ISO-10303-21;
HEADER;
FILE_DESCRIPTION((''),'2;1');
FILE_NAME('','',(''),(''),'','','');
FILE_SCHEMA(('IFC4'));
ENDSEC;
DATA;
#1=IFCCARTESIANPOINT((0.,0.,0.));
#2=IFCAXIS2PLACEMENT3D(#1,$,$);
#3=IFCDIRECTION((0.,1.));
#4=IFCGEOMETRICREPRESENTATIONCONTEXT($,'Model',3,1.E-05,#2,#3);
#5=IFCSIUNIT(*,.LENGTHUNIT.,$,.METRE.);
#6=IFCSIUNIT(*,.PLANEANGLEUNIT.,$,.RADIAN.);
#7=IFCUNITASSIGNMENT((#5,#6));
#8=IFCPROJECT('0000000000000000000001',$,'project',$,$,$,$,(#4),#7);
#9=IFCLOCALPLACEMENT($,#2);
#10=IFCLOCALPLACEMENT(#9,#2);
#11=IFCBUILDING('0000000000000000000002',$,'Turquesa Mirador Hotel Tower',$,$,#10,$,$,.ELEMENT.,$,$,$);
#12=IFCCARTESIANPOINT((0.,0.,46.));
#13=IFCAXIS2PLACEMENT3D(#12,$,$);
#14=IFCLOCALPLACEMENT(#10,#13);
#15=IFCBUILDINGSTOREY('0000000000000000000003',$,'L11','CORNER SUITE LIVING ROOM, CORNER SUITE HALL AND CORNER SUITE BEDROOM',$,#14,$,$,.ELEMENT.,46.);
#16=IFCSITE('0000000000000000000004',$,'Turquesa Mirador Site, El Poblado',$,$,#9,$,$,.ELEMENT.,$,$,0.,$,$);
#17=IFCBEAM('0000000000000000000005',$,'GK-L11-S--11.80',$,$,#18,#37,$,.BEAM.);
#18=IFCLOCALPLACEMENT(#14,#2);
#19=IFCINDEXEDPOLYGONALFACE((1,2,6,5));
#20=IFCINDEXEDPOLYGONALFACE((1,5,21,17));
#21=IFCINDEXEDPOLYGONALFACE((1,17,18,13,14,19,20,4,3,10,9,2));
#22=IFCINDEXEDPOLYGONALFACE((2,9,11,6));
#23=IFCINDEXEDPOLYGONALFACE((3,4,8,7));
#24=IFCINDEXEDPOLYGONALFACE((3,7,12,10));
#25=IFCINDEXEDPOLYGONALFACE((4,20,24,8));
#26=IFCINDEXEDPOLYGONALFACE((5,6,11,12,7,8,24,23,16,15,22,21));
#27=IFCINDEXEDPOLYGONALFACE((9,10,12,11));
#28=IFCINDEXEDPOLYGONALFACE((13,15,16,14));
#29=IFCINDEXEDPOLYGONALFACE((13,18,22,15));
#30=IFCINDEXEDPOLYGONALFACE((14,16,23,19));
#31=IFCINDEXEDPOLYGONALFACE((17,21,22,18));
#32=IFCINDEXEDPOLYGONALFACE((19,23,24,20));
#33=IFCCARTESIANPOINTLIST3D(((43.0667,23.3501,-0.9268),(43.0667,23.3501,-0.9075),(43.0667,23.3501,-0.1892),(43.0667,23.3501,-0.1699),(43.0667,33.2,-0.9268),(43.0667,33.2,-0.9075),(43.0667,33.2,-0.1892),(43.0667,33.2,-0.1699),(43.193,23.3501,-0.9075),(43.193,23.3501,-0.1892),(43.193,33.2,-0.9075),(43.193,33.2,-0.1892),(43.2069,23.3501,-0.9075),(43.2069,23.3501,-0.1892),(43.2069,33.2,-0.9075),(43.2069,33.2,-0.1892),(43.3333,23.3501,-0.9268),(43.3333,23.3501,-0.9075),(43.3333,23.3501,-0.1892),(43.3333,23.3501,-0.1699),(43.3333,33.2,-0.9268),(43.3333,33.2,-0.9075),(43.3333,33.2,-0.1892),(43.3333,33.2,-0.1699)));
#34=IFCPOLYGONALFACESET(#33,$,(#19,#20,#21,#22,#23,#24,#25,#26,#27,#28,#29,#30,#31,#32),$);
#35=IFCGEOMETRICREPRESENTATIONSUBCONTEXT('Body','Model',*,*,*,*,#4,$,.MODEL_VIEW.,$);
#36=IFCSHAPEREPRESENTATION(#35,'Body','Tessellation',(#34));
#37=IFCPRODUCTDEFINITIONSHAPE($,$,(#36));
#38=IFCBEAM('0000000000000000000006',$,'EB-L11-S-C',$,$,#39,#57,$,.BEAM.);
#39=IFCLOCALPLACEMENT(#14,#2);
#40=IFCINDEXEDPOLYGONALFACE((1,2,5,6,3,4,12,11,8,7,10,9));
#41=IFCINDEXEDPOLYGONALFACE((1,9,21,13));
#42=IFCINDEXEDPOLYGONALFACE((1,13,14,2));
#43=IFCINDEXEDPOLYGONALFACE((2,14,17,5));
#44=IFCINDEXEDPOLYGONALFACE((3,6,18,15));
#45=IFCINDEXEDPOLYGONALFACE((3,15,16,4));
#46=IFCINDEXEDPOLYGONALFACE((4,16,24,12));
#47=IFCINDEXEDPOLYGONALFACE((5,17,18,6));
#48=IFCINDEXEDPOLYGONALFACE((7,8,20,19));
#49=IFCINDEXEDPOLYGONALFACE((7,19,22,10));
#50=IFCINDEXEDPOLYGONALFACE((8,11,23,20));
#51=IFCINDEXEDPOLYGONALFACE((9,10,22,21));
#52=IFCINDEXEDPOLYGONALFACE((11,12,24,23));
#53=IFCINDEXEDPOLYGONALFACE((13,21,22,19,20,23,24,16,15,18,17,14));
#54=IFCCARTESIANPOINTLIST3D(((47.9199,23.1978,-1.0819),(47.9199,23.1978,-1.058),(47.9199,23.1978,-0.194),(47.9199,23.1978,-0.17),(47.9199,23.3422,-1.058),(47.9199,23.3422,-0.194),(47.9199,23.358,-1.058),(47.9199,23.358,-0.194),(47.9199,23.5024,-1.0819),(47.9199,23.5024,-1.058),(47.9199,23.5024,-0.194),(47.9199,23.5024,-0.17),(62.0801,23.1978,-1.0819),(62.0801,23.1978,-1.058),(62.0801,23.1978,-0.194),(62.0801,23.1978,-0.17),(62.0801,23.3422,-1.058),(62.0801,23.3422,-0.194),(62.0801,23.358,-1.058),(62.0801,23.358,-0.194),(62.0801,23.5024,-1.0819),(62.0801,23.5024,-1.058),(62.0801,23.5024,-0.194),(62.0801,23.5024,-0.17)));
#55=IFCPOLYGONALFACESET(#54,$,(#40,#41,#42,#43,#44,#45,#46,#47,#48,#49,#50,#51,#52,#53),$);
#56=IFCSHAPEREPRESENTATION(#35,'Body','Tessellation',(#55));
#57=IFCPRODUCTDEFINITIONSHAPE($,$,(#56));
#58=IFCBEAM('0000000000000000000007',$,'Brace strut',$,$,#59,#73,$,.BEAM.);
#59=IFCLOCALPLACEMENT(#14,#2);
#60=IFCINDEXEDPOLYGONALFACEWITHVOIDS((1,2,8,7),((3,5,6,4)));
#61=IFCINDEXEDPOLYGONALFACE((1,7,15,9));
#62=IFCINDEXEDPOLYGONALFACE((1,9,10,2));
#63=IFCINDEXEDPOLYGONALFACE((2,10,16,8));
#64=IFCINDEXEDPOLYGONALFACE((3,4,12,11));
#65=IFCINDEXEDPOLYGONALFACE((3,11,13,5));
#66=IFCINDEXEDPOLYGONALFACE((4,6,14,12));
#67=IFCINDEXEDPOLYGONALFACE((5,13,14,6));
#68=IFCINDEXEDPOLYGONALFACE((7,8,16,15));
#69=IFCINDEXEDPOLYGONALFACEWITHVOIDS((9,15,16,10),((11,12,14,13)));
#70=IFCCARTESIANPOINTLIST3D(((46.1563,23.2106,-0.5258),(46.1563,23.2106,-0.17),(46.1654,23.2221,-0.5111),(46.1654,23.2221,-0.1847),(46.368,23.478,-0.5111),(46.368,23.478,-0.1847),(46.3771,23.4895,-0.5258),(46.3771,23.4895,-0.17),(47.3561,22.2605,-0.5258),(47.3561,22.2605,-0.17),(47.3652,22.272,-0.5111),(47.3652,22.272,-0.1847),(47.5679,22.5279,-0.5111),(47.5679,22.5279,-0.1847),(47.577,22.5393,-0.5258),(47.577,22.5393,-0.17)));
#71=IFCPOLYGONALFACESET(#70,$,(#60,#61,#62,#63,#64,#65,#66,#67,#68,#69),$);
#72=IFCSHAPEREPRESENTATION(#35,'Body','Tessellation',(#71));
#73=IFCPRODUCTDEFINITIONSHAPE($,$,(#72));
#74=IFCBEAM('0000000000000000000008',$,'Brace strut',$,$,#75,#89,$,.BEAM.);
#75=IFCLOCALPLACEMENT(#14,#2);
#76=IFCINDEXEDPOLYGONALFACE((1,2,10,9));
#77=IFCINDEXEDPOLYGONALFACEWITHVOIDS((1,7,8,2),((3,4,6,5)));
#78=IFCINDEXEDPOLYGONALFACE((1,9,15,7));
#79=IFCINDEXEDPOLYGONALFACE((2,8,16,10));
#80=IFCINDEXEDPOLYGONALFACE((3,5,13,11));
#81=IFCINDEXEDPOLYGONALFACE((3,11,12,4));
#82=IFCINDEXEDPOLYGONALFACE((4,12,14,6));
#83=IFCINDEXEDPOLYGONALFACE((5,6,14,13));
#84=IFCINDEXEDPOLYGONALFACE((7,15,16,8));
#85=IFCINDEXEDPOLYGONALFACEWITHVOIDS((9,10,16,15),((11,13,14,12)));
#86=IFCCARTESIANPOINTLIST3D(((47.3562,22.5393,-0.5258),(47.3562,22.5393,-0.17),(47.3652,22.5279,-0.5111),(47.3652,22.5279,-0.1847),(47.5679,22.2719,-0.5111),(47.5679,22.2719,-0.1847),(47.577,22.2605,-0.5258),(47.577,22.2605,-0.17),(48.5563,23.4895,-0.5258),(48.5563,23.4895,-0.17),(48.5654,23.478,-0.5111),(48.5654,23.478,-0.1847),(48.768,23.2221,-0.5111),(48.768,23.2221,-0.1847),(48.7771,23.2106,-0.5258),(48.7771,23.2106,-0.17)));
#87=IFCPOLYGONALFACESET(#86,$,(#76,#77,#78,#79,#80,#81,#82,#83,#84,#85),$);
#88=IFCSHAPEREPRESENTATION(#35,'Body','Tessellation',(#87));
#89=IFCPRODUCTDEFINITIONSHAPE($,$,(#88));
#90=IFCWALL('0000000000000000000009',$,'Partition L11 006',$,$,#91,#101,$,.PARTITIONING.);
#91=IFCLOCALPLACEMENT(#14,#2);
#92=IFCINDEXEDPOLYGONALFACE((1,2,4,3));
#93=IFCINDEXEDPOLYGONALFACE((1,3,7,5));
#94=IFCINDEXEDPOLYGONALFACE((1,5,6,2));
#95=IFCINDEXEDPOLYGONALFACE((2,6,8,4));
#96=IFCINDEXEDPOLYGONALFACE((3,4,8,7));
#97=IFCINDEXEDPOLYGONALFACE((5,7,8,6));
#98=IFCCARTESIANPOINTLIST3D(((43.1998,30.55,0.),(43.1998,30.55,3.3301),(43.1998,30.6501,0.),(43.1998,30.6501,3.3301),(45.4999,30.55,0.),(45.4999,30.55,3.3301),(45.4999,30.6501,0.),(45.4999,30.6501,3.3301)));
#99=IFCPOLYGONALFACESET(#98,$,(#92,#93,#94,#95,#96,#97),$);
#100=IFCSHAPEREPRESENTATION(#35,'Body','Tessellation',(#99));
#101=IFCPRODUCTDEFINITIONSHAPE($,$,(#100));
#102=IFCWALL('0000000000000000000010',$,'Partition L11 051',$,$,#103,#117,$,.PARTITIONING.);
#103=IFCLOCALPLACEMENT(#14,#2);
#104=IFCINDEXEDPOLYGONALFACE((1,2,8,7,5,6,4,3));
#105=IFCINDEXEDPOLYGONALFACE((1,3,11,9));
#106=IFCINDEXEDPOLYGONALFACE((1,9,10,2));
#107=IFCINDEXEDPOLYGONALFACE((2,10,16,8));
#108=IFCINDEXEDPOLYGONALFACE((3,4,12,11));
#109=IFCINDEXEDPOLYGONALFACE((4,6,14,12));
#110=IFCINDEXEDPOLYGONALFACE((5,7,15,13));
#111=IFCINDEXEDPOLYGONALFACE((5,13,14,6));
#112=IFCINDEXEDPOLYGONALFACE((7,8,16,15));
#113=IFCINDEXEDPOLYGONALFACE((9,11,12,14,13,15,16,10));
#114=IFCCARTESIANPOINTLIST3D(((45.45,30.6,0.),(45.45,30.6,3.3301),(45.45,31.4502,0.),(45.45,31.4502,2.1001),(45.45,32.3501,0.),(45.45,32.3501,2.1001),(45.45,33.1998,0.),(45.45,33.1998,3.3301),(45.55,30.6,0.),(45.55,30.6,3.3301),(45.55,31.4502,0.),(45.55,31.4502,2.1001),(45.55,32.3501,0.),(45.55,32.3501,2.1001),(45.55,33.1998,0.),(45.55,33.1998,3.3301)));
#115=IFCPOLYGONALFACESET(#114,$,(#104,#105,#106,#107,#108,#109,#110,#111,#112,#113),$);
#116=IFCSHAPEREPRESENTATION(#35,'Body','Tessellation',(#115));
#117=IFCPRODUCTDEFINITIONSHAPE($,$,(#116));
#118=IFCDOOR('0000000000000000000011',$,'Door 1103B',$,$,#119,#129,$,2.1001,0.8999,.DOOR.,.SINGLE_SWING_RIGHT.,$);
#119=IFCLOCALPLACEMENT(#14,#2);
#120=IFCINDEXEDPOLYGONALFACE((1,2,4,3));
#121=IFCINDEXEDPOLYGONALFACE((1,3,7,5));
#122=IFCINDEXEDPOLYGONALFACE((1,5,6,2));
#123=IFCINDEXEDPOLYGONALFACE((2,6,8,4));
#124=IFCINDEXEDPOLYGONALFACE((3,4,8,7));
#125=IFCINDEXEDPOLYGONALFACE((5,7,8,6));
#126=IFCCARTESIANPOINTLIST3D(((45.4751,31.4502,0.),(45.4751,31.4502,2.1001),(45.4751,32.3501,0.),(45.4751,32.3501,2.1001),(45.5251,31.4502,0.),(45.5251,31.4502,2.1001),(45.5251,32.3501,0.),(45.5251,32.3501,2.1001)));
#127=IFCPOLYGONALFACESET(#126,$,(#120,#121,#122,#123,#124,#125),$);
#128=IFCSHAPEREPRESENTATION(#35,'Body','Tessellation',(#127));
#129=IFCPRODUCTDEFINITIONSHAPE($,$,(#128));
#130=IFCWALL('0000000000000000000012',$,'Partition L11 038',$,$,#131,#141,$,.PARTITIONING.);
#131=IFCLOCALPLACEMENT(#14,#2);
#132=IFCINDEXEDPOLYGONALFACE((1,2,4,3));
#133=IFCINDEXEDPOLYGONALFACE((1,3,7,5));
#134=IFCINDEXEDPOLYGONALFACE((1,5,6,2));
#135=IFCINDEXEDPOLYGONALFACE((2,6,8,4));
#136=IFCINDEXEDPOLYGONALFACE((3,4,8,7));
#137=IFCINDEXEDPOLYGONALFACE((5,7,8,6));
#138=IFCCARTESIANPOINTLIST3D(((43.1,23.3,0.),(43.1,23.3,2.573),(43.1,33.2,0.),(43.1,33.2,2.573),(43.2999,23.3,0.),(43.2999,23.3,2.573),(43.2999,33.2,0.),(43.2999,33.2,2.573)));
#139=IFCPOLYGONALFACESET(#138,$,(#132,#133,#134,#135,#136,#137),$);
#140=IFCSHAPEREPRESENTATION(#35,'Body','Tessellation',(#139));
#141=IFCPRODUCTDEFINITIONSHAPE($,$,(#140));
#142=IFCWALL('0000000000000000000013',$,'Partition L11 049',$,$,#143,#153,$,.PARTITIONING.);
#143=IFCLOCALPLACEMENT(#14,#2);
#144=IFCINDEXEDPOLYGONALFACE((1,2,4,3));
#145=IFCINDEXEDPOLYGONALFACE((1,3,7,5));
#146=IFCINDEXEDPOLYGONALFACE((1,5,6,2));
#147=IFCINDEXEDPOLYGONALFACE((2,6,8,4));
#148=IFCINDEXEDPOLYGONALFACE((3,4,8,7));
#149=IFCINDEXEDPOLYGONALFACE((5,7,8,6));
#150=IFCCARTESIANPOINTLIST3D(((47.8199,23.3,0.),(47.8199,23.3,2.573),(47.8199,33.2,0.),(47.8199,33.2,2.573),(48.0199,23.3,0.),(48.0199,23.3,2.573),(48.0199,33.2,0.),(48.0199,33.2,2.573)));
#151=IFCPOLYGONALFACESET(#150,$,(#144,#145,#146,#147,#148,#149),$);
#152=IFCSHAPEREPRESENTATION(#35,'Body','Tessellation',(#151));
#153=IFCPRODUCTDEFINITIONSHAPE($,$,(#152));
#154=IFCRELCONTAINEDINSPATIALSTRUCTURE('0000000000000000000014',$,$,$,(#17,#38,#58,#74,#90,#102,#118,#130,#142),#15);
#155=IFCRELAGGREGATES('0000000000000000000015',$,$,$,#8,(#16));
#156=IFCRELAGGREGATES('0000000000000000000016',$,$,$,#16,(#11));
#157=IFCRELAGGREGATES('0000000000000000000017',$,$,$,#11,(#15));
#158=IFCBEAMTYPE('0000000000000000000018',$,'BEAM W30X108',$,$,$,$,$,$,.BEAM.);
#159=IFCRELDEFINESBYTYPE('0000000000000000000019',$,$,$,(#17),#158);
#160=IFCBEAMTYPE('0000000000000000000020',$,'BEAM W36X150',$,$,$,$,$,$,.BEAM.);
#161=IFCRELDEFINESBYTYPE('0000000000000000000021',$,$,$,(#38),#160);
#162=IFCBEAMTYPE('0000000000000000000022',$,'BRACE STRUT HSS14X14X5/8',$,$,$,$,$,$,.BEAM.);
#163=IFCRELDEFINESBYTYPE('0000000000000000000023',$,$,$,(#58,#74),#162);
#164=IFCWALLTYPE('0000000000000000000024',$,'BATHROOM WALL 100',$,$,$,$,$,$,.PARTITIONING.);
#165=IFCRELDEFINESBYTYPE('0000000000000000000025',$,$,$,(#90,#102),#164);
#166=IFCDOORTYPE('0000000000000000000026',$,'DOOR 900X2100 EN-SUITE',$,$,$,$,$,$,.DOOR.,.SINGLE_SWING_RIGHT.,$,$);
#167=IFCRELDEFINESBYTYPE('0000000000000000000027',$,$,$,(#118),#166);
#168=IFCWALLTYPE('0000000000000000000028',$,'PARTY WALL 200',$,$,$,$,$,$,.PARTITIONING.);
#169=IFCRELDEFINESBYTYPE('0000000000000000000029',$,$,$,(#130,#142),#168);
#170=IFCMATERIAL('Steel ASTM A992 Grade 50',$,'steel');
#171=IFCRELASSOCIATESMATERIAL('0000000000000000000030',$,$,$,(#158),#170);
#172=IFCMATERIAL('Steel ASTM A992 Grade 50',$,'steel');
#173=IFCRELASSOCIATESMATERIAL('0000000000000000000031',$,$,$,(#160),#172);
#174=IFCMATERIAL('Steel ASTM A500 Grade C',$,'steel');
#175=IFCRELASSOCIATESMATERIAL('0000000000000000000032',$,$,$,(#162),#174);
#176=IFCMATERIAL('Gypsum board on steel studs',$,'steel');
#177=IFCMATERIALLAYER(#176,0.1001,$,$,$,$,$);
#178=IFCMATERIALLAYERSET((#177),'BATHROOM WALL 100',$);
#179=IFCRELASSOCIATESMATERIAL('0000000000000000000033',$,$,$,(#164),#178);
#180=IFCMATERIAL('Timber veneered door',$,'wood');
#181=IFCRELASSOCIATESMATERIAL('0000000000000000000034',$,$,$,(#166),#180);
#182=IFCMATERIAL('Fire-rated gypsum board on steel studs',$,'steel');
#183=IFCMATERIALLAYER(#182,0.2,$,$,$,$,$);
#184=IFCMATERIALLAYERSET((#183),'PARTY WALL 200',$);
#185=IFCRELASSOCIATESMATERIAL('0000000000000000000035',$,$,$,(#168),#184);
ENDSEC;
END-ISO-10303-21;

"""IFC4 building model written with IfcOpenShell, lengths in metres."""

from ifc_helpers import new_model, si_unit, direction, frame, frame_2d, origin, origin_2d, place, context, subcontext, project, spatial, rectangle, hollow_rectangle, i_section, extrude, material, layer, layer_set, material_profile, profile_set, type_object, element, fill, save


model = new_model("IFC4")

# Units and contexts
model_context = context("Model", 3, precision=1e-05, world=origin(), true_north=direction((0.0, 1.0)))
body_context = subcontext(model_context, "Body", "Model", "MODEL_VIEW")
ifc_project = project(units=[si_unit("LENGTHUNIT", "METRE"), si_unit("PLANEANGLEUNIT", "RADIAN")], contexts=[model_context])

# Site, building, storey
site_placement = place(None, origin())
site = spatial("IfcSite", under=ifc_project, at=site_placement, Name="Turquesa Mirador Site, El Poblado", CompositionType="ELEMENT", RefElevation=0.0)
building_placement = place(site_placement, origin())
building = spatial("IfcBuilding", under=site, at=building_placement, Name="Turquesa Mirador Hotel Tower", CompositionType="ELEMENT")
storey_placement = place(building_placement, frame((0.0, 0.0, 46.0)))
storey = spatial("IfcBuildingStorey", under=building, at=storey_placement, Name="L11", Description="CORNER SUITE LIVING ROOM, CORNER SUITE HALL AND CORNER SUITE BEDROOM", CompositionType="ELEMENT", Elevation=46.0)

# Beams
ifc_material_1 = material(Name="Steel ASTM A992 Grade 50", Category="steel")
ifc_material_profile_1 = material_profile(ifc_material_1, i_section(OverallWidth=0.2666, OverallDepth=0.7568, WebThickness=0.0139, FlangeThickness=0.0193, at=origin_2d()), Name="W30X108")
ifc_profile_set_1 = profile_set([ifc_material_profile_1], Name="Steel ASTM A992 Grade 50")
beam_type_1 = type_object("IfcBeamType", Name="BEAM W30X108", PredefinedType="BEAM", material=ifc_profile_set_1)
beam_1_placement = place(storey_placement, frame((43.2, 23.3501, -0.5483), z_axis=(0.0, 1.0, 0.0), x_axis=(-1.0, 0.0, 0.0)))
element("IfcBeam", 1, at=beam_1_placement, inside=storey, type_object=beam_type_1, Name="GK-L11-S--11.80", PredefinedType="BEAM", context=body_context, shape_type="SweptSolid", body=[
    extrude(i_section(OverallWidth=0.2666, OverallDepth=0.7568, WebThickness=0.0139, FlangeThickness=0.0193, at=origin_2d()), origin(), (0.0, 0.0, 1.0), 9.8499),
])
ifc_material_2 = material(Name="Steel ASTM A992 Grade 50", Category="steel")
ifc_material_profile_2 = material_profile(ifc_material_2, i_section(OverallWidth=0.3047, OverallDepth=0.9119, WebThickness=0.0159, FlangeThickness=0.0239, at=origin_2d()), Name="W36X150")
ifc_profile_set_2 = profile_set([ifc_material_profile_2], Name="Steel ASTM A992 Grade 50")
beam_type_2 = type_object("IfcBeamType", Name="BEAM W36X150", PredefinedType="BEAM", material=ifc_profile_set_2)
beam_2_placement = place(storey_placement, frame((47.9199, 23.3501, -0.626), z_axis=(1.0, 0.0, 0.0), x_axis=(0.0, 1.0, 0.0)))
element("IfcBeam", 2, at=beam_2_placement, inside=storey, type_object=beam_type_2, Name="EB-L11-S-C", PredefinedType="BEAM", context=body_context, shape_type="SweptSolid", body=[
    extrude(i_section(OverallWidth=0.3047, OverallDepth=0.9119, WebThickness=0.0159, FlangeThickness=0.0239, at=origin_2d()), origin(), (0.0, 0.0, 1.0), 14.1602),
])
ifc_material_3 = material(Name="Steel ASTM A500 Grade C", Category="steel")
ifc_material_profile_3 = material_profile(ifc_material_3, hollow_rectangle(XDim=0.3557, YDim=0.3557, WallThickness=0.0146, at=origin_2d()), Name="HSS14X14X5/8")
ifc_profile_set_3 = profile_set([ifc_material_profile_3], Name="Steel ASTM A500 Grade C")
beam_type_3 = type_object("IfcBeamType", Name="BRACE STRUT HSS14X14X5/8", PredefinedType="BEAM", material=ifc_profile_set_3)
beam_3_placement = place(storey_placement, frame((47.4666, 22.3999, -0.3479), z_axis=(-0.783971, 0.620797, 0.0), x_axis=(-0.620797, -0.783971, 0.0)))
element("IfcBeam", 3, at=beam_3_placement, inside=storey, type_object=beam_type_3, Name="Brace strut", PredefinedType="BEAM", context=body_context, shape_type="SweptSolid", body=[
    extrude(hollow_rectangle(XDim=0.3557, YDim=0.3557, WallThickness=0.0146, at=origin_2d()), origin(), (0.0, 0.0, 1.0), 1.5305),
])
beam_4_placement = place(storey_placement, frame((47.4666, 22.3999, -0.3479), z_axis=(0.784033, 0.620719, 0.0), x_axis=(-0.620719, 0.784033, 0.0)))
element("IfcBeam", 4, at=beam_4_placement, inside=storey, type_object=beam_type_3, Name="Brace strut", PredefinedType="BEAM", context=body_context, shape_type="SweptSolid", body=[
    extrude(hollow_rectangle(XDim=0.3557, YDim=0.3557, WallThickness=0.0146, at=origin_2d()), origin(), (0.0, 0.0, 1.0), 1.5308),
])

# Wall
ifc_material_4 = material(Name="Gypsum board on steel studs", Category="steel")
ifc_layer_1 = layer(ifc_material_4, 0.1001)
ifc_layer_set_1 = layer_set([ifc_layer_1], Name="BATHROOM WALL 100")
wall_type_1 = type_object("IfcWallType", Name="BATHROOM WALL 100", PredefinedType="PARTITIONING", material=ifc_layer_set_1)
wall_1_placement = place(storey_placement, frame((43.2, 30.6001, 0.0), z_axis=(0.0, 0.0, 1.0), x_axis=(1.0, 0.0, 0.0)))
element("IfcWall", 5, at=wall_1_placement, inside=storey, type_object=wall_type_1, Name="Partition L11 006", PredefinedType="PARTITIONING", context=body_context, shape_type="SweptSolid", body=[
    extrude(rectangle(XDim=2.3, YDim=0.1001, at=frame_2d((1.1499, 0.0))), origin(), (0.0, 0.0, 1.0), 3.3301),
])

# Wall, opening, door
wall_2_placement = place(storey_placement, frame((45.5, 30.6001, 0.0), z_axis=(0.0, 0.0, 1.0), x_axis=(0.0, 1.0, 0.0)))
wall_2 = element("IfcWall", 6, at=wall_2_placement, inside=storey, type_object=wall_type_1, Name="Partition L11 051", PredefinedType="PARTITIONING", context=body_context, shape_type="SweptSolid", body=[
    extrude(rectangle(XDim=2.5999, YDim=0.1001, at=frame_2d((1.2998, 0.0))), origin(), (0.0, 0.0, 1.0), 3.3301),
])
opening_placement = place(wall_2_placement, frame((0.8501, 0.0, 0.0)))
opening = element("IfcOpeningElement", 7, at=opening_placement, cuts=wall_2, PredefinedType="OPENING", context=body_context, shape_type="SweptSolid", body=[
    extrude(rectangle(XDim=0.8999, YDim=2.1001, at=frame_2d((0.45, 1.05))), frame((0.0, 0.0601, 0.0), z_axis=(0.0, -1.0, 0.0), x_axis=(1.0, 0.0, 0.0)), (0.0, 0.0, 1.0), 0.1201),
])
ifc_material_5 = material(Name="Timber veneered door", Category="wood")
door_type = type_object("IfcDoorType", Name="DOOR 900X2100 EN-SUITE", OperationType="SINGLE_SWING_RIGHT", PredefinedType="DOOR", material=ifc_material_5)
door_placement = place(opening_placement, origin())
door = element("IfcDoor", 8, at=door_placement, inside=storey, type_object=door_type, Name="Door 1103B", OperationType="SINGLE_SWING_RIGHT", OverallHeight=2.1001, OverallWidth=0.8999, PredefinedType="DOOR", context=body_context, shape_type="SweptSolid", body=[
    extrude(rectangle(XDim=0.8999, YDim=2.1001, at=frame_2d((0.45, 1.05))), frame((0.0, 0.0249, 0.0), z_axis=(0.0, -1.0, 0.0), x_axis=(1.0, 0.0, 0.0)), (0.0, 0.0, 1.0), 0.05),
])
fill(opening, door)

# Walls
ifc_material_6 = material(Name="Fire-rated gypsum board on steel studs", Category="steel")
ifc_layer_2 = layer(ifc_material_6, 0.2)
ifc_layer_set_2 = layer_set([ifc_layer_2], Name="PARTY WALL 200")
wall_type_2 = type_object("IfcWallType", Name="PARTY WALL 200", PredefinedType="PARTITIONING", material=ifc_layer_set_2)
for number, where, z_axis, x_axis, name in (
    (9, (43.2, 23.3, 0.0), (0.0, 0.0, 1.0), (0.0, 1.0, 0.0), "Partition L11 038"),
    (10, (47.9199, 23.3, 0.0), (0.0, 0.0, 1.0), (0.0, 1.0, 0.0), "Partition L11 049"),
):
    element("IfcWall", number, at=place(storey_placement, frame(where, z_axis=z_axis, x_axis=x_axis)), inside=storey, type_object=wall_type_2, Name=name, PredefinedType="PARTITIONING", context=body_context, shape_type="SweptSolid", body=[
        extrude(rectangle(XDim=9.8999, YDim=0.2, at=frame_2d((4.95, 0.0))), origin(), (0.0, 0.0, 1.0), 2.573),
    ])

save(model, "model.ifc")
